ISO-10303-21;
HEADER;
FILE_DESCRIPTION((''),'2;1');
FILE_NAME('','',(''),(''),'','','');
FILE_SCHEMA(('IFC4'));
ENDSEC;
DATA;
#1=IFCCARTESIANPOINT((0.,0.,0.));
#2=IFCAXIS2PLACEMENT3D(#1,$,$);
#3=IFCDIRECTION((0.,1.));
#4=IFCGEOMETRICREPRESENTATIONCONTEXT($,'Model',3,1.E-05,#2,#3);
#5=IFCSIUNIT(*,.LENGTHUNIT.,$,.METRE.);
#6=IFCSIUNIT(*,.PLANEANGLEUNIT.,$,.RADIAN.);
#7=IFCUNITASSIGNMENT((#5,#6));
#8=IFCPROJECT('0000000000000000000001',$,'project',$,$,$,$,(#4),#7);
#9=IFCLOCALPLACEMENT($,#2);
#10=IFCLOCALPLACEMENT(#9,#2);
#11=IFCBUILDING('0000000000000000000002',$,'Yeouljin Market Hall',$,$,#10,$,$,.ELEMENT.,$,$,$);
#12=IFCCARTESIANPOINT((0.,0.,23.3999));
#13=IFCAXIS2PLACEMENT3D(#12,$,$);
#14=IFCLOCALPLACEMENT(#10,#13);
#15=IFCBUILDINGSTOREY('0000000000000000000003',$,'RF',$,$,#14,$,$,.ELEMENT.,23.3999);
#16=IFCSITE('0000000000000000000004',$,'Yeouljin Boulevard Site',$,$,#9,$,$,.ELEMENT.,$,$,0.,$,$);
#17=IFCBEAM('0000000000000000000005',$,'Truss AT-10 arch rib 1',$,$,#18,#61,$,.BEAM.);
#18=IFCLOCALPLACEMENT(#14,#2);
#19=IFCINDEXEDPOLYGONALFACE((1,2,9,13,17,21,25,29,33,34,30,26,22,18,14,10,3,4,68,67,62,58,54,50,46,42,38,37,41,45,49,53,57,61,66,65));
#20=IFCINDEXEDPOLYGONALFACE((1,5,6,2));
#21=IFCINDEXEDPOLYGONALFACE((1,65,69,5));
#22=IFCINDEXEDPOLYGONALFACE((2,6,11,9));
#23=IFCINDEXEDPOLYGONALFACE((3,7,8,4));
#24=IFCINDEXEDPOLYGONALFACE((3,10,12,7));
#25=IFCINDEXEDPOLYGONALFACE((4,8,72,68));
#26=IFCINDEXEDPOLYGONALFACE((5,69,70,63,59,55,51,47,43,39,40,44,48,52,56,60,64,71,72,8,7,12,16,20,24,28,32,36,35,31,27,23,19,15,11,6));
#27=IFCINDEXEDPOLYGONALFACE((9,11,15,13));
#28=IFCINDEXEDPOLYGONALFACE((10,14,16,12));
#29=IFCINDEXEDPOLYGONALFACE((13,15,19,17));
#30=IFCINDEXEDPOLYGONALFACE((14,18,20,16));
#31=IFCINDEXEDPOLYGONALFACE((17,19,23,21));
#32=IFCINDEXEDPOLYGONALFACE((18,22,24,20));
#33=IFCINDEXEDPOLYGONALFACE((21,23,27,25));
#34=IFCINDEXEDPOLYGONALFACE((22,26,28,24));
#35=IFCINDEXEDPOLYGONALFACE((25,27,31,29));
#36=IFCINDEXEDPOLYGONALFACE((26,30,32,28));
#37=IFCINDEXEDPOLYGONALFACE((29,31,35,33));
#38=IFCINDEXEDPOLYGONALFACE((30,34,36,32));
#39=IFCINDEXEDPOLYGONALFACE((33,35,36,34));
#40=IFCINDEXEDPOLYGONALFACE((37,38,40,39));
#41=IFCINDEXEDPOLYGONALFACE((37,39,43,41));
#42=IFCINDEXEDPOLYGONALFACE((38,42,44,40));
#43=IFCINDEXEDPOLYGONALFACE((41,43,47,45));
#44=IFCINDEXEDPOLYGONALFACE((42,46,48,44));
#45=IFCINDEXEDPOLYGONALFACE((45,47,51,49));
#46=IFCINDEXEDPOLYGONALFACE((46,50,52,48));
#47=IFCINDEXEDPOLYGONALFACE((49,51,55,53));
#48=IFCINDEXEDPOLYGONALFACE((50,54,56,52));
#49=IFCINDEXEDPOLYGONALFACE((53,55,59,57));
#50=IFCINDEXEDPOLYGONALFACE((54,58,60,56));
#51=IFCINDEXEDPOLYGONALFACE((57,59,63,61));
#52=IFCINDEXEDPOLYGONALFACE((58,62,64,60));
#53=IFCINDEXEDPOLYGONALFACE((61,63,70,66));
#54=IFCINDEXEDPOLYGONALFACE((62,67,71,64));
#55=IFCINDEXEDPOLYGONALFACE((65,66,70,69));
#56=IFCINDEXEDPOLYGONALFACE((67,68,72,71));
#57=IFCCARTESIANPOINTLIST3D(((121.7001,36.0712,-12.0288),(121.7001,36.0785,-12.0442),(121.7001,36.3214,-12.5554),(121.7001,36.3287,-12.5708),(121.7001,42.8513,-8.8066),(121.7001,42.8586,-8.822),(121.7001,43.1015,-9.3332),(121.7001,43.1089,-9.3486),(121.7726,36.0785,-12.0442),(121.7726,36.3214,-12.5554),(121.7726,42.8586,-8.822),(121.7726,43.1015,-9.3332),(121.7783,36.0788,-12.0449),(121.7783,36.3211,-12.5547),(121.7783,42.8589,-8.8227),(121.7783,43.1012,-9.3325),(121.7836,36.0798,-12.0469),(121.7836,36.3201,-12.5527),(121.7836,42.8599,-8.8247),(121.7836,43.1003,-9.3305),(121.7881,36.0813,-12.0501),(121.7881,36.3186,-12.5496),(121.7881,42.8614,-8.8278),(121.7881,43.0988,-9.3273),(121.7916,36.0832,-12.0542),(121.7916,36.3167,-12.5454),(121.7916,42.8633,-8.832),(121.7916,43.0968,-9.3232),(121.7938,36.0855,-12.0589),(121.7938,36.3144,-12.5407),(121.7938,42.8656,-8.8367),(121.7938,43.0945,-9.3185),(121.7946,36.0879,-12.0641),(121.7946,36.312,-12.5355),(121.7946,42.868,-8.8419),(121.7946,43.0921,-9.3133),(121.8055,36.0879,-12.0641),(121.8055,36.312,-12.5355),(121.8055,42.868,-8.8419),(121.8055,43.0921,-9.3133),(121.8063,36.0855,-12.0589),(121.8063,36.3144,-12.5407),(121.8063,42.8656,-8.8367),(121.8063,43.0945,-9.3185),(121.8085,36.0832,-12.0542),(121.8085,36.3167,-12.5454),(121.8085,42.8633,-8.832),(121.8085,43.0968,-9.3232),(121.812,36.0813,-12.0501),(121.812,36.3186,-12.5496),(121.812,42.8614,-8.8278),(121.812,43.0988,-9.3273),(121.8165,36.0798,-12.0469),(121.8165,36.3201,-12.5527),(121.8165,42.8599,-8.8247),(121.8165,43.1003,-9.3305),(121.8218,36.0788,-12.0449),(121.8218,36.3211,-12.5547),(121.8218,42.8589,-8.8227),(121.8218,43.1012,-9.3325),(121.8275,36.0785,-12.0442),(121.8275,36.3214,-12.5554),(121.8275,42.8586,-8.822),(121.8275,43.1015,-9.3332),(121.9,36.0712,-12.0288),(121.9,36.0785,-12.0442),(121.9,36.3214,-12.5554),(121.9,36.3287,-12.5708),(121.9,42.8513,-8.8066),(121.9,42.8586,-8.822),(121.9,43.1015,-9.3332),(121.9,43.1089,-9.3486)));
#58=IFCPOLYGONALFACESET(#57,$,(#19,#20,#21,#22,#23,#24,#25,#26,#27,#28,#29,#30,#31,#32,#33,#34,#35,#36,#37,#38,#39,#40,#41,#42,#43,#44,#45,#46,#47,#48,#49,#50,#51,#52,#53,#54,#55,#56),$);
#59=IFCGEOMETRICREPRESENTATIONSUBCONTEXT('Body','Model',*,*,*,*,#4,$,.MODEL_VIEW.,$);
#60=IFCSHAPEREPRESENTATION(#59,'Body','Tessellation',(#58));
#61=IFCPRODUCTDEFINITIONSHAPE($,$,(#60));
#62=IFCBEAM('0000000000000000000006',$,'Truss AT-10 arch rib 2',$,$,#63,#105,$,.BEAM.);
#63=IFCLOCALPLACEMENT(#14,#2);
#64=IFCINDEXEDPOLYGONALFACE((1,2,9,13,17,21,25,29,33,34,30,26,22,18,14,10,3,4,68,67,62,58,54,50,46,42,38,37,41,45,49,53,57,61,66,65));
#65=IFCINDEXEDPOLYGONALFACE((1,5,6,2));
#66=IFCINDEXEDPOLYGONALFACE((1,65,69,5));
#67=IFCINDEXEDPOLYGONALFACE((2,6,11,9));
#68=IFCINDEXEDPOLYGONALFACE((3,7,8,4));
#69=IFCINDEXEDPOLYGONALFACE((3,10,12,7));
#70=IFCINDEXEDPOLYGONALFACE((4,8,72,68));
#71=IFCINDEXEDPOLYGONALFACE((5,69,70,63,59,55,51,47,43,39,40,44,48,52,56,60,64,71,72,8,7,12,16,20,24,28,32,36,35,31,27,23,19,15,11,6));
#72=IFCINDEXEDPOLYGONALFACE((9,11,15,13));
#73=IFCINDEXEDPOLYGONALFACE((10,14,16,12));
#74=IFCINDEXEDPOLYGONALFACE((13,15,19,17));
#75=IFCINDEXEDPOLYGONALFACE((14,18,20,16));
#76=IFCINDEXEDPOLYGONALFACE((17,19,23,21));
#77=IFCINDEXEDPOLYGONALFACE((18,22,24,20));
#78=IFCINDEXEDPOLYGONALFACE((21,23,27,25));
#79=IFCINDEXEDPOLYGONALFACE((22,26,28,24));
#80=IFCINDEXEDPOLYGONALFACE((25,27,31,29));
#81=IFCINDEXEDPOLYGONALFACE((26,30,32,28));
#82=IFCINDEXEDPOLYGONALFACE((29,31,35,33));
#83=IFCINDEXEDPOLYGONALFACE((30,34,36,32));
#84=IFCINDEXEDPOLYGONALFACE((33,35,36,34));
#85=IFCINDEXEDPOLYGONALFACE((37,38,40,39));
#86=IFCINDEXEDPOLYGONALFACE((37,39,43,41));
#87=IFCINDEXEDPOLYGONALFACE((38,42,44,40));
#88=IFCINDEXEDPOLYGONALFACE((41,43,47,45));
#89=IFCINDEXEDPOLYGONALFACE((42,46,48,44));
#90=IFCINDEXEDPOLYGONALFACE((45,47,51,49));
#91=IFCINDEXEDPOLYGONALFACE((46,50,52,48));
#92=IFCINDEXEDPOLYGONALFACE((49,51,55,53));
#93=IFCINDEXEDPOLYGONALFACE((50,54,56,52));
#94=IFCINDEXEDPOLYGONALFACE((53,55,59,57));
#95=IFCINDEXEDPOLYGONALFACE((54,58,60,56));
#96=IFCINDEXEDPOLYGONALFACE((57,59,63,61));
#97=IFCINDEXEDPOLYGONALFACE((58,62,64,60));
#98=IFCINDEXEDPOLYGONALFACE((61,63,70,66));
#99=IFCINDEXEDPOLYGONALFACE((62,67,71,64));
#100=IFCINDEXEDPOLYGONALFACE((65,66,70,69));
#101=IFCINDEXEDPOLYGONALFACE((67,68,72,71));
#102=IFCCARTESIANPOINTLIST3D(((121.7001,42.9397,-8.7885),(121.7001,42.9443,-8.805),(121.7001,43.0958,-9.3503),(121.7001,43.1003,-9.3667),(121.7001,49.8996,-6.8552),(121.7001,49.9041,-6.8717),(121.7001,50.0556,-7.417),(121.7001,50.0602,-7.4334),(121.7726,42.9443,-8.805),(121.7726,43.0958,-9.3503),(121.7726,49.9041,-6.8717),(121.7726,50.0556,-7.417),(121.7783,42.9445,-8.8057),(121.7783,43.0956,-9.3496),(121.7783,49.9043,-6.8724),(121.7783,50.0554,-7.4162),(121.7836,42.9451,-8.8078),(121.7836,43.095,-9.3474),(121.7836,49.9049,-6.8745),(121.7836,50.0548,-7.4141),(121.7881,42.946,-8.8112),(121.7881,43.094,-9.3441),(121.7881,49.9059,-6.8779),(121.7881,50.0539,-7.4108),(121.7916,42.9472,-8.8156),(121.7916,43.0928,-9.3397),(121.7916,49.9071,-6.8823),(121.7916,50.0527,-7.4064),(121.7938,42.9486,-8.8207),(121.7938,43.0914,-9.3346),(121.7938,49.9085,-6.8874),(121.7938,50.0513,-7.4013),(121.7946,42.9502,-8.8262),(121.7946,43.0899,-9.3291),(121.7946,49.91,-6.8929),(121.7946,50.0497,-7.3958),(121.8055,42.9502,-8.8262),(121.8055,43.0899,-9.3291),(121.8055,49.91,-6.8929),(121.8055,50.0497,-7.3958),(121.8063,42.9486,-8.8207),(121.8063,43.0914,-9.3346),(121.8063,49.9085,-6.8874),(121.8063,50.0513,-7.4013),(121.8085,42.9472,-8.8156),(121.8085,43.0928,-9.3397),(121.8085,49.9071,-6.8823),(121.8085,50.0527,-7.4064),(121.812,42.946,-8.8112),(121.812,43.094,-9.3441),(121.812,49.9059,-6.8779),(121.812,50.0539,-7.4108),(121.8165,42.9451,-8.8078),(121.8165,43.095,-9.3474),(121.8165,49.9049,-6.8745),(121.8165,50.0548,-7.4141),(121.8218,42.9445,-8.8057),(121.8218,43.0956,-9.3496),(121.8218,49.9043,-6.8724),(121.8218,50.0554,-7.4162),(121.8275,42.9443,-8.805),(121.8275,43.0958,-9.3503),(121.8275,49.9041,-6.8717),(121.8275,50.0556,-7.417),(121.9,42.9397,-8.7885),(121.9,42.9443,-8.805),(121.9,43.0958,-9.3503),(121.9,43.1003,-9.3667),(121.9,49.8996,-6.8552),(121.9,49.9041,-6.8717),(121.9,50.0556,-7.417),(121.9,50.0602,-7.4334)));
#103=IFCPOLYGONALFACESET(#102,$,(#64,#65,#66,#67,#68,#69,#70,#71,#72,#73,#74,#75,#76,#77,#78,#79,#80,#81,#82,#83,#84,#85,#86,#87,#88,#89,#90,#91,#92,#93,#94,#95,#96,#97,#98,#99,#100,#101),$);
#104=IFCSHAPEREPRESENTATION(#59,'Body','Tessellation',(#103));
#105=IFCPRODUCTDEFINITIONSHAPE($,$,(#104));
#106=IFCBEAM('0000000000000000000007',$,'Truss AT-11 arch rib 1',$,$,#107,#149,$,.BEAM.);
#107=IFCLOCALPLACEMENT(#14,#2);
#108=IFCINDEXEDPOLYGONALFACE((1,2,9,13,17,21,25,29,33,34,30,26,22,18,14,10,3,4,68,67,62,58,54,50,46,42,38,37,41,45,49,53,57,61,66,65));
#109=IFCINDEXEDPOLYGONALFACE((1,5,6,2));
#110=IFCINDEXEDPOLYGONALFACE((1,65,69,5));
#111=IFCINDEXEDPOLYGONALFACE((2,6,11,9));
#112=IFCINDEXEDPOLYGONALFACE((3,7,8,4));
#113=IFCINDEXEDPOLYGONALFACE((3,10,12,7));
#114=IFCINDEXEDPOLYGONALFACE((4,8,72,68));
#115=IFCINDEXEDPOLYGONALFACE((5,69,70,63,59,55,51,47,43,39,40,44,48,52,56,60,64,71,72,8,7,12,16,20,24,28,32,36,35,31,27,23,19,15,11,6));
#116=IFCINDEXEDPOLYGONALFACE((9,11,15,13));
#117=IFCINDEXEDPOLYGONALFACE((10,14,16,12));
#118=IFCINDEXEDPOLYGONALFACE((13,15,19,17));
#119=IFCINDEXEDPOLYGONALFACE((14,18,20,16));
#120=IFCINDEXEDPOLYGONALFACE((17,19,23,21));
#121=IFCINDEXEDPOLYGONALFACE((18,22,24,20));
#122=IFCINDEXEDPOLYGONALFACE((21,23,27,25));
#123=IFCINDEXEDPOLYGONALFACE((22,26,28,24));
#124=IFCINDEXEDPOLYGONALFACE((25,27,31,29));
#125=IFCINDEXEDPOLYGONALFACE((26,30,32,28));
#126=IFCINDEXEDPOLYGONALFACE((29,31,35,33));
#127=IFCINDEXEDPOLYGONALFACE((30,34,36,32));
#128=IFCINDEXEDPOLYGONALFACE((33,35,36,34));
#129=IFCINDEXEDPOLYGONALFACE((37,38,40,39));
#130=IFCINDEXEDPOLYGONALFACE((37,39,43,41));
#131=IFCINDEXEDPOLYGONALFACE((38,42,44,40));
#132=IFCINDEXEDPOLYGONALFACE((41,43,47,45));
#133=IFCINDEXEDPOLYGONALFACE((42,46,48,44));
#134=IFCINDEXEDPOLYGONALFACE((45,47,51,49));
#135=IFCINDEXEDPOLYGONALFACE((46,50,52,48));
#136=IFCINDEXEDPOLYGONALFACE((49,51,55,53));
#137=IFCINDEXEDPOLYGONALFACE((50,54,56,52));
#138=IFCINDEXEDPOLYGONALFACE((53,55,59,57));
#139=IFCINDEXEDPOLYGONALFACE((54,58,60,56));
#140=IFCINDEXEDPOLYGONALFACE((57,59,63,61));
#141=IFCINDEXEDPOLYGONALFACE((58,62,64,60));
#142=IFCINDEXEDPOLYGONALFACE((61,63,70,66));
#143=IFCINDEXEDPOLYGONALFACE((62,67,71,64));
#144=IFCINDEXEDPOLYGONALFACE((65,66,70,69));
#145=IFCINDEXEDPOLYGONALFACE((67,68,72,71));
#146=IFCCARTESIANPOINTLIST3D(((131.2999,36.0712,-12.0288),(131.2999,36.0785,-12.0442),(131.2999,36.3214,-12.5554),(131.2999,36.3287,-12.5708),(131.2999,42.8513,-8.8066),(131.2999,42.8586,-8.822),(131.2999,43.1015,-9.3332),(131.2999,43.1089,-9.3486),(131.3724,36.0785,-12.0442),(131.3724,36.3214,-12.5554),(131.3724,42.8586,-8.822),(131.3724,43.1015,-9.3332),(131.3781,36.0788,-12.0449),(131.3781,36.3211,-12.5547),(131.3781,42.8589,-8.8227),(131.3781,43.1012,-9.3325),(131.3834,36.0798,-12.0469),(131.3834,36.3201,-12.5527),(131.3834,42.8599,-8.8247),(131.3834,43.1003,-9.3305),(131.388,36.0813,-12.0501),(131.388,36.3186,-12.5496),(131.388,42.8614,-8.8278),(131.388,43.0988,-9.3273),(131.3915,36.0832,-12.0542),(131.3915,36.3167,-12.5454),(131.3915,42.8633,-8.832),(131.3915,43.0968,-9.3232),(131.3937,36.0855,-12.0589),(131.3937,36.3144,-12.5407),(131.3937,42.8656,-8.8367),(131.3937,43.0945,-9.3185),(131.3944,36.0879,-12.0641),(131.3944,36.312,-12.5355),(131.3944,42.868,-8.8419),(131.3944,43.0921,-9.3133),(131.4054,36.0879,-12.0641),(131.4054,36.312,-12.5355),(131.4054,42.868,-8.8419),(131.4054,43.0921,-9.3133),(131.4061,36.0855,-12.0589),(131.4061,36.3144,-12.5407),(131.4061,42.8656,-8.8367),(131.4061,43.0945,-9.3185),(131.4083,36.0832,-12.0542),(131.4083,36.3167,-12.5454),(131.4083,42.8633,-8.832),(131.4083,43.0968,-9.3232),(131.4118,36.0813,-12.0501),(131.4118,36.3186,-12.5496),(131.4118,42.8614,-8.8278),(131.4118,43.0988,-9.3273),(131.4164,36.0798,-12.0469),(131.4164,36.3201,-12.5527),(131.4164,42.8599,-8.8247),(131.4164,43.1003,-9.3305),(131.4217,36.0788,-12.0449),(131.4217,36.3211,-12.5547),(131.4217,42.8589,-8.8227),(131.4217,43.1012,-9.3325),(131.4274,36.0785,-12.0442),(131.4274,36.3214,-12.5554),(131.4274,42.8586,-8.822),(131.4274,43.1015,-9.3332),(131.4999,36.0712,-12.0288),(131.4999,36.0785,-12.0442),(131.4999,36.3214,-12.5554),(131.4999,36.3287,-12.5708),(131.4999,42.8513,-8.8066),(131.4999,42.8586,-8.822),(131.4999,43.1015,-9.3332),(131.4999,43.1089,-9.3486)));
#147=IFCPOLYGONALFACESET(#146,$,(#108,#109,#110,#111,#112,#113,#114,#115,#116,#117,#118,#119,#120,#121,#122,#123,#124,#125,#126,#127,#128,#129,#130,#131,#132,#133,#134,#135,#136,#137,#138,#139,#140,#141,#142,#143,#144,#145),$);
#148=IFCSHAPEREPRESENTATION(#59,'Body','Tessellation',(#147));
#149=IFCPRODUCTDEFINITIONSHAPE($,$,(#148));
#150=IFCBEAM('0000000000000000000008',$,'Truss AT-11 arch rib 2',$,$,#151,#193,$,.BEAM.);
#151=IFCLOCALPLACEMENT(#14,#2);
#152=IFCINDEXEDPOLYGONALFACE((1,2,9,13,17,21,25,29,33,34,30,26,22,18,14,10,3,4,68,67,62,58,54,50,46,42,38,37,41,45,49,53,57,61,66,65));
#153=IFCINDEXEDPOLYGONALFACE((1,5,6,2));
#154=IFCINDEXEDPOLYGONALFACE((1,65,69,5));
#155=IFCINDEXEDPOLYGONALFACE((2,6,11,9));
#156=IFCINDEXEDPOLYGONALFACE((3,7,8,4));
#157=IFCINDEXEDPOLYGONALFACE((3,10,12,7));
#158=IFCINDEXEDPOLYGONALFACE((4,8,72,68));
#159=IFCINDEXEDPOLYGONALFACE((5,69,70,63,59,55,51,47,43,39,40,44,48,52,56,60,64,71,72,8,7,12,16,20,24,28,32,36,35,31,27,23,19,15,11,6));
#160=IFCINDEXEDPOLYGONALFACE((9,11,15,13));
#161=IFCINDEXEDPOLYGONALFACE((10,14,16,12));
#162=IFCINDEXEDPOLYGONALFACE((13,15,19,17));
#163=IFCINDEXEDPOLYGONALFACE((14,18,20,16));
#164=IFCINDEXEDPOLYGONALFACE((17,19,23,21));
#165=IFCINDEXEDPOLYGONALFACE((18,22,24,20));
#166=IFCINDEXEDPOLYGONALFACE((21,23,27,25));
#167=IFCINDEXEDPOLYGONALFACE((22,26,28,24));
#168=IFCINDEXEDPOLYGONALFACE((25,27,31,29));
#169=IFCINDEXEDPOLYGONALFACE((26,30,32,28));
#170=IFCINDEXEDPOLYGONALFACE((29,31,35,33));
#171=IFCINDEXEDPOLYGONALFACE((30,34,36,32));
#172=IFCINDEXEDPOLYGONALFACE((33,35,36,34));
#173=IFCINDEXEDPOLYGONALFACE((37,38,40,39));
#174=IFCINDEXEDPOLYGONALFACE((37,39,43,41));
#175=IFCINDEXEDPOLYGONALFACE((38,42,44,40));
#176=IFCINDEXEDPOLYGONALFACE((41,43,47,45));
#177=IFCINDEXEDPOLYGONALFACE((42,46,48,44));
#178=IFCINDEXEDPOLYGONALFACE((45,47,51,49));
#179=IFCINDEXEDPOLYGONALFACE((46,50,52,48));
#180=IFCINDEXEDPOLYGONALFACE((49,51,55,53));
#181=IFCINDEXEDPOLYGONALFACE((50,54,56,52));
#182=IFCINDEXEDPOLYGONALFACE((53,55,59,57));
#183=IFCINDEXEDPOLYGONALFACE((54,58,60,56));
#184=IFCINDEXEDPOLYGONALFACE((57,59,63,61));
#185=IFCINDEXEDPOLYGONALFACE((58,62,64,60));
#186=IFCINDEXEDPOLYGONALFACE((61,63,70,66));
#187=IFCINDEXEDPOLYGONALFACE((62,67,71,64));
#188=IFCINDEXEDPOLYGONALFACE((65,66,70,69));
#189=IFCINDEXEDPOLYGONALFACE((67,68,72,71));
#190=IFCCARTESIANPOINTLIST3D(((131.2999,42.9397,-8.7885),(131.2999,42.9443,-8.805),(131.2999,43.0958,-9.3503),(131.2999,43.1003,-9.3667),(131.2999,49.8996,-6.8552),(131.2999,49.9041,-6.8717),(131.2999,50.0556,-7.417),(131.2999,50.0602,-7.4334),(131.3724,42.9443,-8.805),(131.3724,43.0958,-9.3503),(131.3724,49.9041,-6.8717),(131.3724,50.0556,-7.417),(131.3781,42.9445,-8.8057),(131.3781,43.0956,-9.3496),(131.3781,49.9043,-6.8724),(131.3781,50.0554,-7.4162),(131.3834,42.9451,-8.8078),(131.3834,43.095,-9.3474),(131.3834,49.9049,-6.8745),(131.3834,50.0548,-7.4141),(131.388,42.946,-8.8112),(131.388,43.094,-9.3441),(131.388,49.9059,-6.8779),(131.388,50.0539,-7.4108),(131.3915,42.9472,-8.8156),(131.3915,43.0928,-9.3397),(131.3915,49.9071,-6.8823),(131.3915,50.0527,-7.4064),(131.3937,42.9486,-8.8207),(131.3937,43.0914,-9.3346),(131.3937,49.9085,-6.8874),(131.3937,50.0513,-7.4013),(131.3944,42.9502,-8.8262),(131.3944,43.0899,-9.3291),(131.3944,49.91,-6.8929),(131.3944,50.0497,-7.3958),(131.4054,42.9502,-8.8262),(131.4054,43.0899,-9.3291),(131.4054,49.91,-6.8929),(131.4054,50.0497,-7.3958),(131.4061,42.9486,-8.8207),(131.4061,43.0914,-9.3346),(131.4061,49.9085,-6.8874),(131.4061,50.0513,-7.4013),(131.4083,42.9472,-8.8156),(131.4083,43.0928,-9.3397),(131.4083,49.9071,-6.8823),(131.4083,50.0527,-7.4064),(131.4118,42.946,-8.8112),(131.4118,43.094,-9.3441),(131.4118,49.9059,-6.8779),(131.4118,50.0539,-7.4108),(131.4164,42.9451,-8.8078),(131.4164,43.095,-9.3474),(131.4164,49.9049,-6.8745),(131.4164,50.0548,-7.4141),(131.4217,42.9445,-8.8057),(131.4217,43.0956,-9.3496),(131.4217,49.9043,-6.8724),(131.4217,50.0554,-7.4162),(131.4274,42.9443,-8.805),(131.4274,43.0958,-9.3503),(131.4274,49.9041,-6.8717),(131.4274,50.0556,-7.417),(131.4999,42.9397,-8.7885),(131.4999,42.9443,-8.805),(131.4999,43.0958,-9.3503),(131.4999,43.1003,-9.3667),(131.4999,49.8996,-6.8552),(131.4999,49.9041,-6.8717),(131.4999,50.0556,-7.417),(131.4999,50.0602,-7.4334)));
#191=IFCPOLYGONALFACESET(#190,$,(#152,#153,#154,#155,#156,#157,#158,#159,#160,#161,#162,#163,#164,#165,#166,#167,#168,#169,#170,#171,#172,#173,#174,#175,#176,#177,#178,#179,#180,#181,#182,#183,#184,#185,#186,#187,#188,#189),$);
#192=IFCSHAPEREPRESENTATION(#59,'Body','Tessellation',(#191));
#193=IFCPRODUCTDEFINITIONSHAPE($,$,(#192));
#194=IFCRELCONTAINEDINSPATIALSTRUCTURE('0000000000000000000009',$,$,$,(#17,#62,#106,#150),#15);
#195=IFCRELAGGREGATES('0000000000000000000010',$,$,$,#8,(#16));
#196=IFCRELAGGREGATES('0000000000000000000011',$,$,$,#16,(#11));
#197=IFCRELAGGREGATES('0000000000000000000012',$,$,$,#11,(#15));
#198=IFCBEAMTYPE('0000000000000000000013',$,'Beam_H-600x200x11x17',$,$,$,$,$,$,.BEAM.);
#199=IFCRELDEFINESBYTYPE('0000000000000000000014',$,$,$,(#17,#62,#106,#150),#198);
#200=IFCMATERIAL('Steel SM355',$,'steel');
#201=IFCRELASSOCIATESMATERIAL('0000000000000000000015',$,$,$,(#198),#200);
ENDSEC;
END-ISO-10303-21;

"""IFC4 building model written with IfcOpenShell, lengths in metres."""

from ifc_helpers import new_model, si_unit, direction, frame, origin, origin_2d, place, context, subcontext, project, spatial, i_section, extrude, material, material_profile, profile_set, type_object, element, save


model = new_model("IFC4")

# Units and contexts
model_context = context("Model", 3, precision=1e-05, world=origin(), true_north=direction((0.0, 1.0)))
body_context = subcontext(model_context, "Body", "Model", "MODEL_VIEW")
ifc_project = project(units=[si_unit("LENGTHUNIT", "METRE"), si_unit("PLANEANGLEUNIT", "RADIAN")], contexts=[model_context])

# Site, building, storey
site_placement = place(None, origin())
site = spatial("IfcSite", under=ifc_project, at=site_placement, Name="Yeouljin Boulevard Site", CompositionType="ELEMENT", RefElevation=0.0)
building_placement = place(site_placement, origin())
building = spatial("IfcBuilding", under=site, at=building_placement, Name="Yeouljin Market Hall", CompositionType="ELEMENT")
storey_placement = place(building_placement, frame((0.0, 0.0, 23.3999)))
storey = spatial("IfcBuildingStorey", under=building, at=storey_placement, Name="RF", CompositionType="ELEMENT", Elevation=23.3999)

# Beams
ifc_material_1 = material(Name="Steel SM355", Category="steel")
ifc_material_profile_1 = material_profile(ifc_material_1, i_section(OverallWidth=0.2, OverallDepth=0.6001, WebThickness=0.011, FlangeThickness=0.0171, FilletRadius=0.022, at=origin_2d()), Name="H-600x200x11x17")
ifc_profile_set_1 = profile_set([ifc_material_profile_1], Name="Steel SM355")
beam_type_1 = type_object("IfcBeamType", Name="Beam_H-600x200x11x17", PredefinedType="BEAM", material=ifc_profile_set_1)
beam_1_placement = place(storey_placement, frame((121.8, 36.2, -12.2998), z_axis=(0.0, 0.903192, 0.429237), x_axis=(-1.0, 0.0, 0.0)))
element("IfcBeam", 1, at=beam_1_placement, inside=storey, type_object=beam_type_1, Name="Truss AT-10 arch rib 1", PredefinedType="BEAM", context=body_context, shape_type="SweptSolid", body=[
    extrude(i_section(OverallWidth=0.2, OverallDepth=0.6001, WebThickness=0.011, FlangeThickness=0.0171, FilletRadius=0.022, at=origin_2d()), origin(), (0.0, 0.0, 1.0), 7.5068),
])
beam_2_placement = place(storey_placement, frame((121.8, 43.02, -9.0776), z_axis=(0.0, 0.963517, 0.267647), x_axis=(-1.0, 0.0, 0.0)))
element("IfcBeam", 2, at=beam_2_placement, inside=storey, type_object=beam_type_1, Name="Truss AT-10 arch rib 2", PredefinedType="BEAM", context=body_context, shape_type="SweptSolid", body=[
    extrude(i_section(OverallWidth=0.2, OverallDepth=0.6001, WebThickness=0.011, FlangeThickness=0.0171, FilletRadius=0.022, at=origin_2d()), origin(), (0.0, 0.0, 1.0), 7.2234),
])
beam_3_placement = place(storey_placement, frame((131.3999, 36.2, -12.2998), z_axis=(0.0, 0.903192, 0.429237), x_axis=(-1.0, 0.0, 0.0)))
element("IfcBeam", 3, at=beam_3_placement, inside=storey, type_object=beam_type_1, Name="Truss AT-11 arch rib 1", PredefinedType="BEAM", context=body_context, shape_type="SweptSolid", body=[
    extrude(i_section(OverallWidth=0.2, OverallDepth=0.6001, WebThickness=0.011, FlangeThickness=0.0171, FilletRadius=0.022, at=origin_2d()), origin(), (0.0, 0.0, 1.0), 7.5068),
])
beam_4_placement = place(storey_placement, frame((131.3999, 43.02, -9.0776), z_axis=(0.0, 0.963517, 0.267647), x_axis=(-1.0, 0.0, 0.0)))
element("IfcBeam", 4, at=beam_4_placement, inside=storey, type_object=beam_type_1, Name="Truss AT-11 arch rib 2", PredefinedType="BEAM", context=body_context, shape_type="SweptSolid", body=[
    extrude(i_section(OverallWidth=0.2, OverallDepth=0.6001, WebThickness=0.011, FlangeThickness=0.0171, FilletRadius=0.022, at=origin_2d()), origin(), (0.0, 0.0, 1.0), 7.2234),
])

save(model, "model.ifc")
